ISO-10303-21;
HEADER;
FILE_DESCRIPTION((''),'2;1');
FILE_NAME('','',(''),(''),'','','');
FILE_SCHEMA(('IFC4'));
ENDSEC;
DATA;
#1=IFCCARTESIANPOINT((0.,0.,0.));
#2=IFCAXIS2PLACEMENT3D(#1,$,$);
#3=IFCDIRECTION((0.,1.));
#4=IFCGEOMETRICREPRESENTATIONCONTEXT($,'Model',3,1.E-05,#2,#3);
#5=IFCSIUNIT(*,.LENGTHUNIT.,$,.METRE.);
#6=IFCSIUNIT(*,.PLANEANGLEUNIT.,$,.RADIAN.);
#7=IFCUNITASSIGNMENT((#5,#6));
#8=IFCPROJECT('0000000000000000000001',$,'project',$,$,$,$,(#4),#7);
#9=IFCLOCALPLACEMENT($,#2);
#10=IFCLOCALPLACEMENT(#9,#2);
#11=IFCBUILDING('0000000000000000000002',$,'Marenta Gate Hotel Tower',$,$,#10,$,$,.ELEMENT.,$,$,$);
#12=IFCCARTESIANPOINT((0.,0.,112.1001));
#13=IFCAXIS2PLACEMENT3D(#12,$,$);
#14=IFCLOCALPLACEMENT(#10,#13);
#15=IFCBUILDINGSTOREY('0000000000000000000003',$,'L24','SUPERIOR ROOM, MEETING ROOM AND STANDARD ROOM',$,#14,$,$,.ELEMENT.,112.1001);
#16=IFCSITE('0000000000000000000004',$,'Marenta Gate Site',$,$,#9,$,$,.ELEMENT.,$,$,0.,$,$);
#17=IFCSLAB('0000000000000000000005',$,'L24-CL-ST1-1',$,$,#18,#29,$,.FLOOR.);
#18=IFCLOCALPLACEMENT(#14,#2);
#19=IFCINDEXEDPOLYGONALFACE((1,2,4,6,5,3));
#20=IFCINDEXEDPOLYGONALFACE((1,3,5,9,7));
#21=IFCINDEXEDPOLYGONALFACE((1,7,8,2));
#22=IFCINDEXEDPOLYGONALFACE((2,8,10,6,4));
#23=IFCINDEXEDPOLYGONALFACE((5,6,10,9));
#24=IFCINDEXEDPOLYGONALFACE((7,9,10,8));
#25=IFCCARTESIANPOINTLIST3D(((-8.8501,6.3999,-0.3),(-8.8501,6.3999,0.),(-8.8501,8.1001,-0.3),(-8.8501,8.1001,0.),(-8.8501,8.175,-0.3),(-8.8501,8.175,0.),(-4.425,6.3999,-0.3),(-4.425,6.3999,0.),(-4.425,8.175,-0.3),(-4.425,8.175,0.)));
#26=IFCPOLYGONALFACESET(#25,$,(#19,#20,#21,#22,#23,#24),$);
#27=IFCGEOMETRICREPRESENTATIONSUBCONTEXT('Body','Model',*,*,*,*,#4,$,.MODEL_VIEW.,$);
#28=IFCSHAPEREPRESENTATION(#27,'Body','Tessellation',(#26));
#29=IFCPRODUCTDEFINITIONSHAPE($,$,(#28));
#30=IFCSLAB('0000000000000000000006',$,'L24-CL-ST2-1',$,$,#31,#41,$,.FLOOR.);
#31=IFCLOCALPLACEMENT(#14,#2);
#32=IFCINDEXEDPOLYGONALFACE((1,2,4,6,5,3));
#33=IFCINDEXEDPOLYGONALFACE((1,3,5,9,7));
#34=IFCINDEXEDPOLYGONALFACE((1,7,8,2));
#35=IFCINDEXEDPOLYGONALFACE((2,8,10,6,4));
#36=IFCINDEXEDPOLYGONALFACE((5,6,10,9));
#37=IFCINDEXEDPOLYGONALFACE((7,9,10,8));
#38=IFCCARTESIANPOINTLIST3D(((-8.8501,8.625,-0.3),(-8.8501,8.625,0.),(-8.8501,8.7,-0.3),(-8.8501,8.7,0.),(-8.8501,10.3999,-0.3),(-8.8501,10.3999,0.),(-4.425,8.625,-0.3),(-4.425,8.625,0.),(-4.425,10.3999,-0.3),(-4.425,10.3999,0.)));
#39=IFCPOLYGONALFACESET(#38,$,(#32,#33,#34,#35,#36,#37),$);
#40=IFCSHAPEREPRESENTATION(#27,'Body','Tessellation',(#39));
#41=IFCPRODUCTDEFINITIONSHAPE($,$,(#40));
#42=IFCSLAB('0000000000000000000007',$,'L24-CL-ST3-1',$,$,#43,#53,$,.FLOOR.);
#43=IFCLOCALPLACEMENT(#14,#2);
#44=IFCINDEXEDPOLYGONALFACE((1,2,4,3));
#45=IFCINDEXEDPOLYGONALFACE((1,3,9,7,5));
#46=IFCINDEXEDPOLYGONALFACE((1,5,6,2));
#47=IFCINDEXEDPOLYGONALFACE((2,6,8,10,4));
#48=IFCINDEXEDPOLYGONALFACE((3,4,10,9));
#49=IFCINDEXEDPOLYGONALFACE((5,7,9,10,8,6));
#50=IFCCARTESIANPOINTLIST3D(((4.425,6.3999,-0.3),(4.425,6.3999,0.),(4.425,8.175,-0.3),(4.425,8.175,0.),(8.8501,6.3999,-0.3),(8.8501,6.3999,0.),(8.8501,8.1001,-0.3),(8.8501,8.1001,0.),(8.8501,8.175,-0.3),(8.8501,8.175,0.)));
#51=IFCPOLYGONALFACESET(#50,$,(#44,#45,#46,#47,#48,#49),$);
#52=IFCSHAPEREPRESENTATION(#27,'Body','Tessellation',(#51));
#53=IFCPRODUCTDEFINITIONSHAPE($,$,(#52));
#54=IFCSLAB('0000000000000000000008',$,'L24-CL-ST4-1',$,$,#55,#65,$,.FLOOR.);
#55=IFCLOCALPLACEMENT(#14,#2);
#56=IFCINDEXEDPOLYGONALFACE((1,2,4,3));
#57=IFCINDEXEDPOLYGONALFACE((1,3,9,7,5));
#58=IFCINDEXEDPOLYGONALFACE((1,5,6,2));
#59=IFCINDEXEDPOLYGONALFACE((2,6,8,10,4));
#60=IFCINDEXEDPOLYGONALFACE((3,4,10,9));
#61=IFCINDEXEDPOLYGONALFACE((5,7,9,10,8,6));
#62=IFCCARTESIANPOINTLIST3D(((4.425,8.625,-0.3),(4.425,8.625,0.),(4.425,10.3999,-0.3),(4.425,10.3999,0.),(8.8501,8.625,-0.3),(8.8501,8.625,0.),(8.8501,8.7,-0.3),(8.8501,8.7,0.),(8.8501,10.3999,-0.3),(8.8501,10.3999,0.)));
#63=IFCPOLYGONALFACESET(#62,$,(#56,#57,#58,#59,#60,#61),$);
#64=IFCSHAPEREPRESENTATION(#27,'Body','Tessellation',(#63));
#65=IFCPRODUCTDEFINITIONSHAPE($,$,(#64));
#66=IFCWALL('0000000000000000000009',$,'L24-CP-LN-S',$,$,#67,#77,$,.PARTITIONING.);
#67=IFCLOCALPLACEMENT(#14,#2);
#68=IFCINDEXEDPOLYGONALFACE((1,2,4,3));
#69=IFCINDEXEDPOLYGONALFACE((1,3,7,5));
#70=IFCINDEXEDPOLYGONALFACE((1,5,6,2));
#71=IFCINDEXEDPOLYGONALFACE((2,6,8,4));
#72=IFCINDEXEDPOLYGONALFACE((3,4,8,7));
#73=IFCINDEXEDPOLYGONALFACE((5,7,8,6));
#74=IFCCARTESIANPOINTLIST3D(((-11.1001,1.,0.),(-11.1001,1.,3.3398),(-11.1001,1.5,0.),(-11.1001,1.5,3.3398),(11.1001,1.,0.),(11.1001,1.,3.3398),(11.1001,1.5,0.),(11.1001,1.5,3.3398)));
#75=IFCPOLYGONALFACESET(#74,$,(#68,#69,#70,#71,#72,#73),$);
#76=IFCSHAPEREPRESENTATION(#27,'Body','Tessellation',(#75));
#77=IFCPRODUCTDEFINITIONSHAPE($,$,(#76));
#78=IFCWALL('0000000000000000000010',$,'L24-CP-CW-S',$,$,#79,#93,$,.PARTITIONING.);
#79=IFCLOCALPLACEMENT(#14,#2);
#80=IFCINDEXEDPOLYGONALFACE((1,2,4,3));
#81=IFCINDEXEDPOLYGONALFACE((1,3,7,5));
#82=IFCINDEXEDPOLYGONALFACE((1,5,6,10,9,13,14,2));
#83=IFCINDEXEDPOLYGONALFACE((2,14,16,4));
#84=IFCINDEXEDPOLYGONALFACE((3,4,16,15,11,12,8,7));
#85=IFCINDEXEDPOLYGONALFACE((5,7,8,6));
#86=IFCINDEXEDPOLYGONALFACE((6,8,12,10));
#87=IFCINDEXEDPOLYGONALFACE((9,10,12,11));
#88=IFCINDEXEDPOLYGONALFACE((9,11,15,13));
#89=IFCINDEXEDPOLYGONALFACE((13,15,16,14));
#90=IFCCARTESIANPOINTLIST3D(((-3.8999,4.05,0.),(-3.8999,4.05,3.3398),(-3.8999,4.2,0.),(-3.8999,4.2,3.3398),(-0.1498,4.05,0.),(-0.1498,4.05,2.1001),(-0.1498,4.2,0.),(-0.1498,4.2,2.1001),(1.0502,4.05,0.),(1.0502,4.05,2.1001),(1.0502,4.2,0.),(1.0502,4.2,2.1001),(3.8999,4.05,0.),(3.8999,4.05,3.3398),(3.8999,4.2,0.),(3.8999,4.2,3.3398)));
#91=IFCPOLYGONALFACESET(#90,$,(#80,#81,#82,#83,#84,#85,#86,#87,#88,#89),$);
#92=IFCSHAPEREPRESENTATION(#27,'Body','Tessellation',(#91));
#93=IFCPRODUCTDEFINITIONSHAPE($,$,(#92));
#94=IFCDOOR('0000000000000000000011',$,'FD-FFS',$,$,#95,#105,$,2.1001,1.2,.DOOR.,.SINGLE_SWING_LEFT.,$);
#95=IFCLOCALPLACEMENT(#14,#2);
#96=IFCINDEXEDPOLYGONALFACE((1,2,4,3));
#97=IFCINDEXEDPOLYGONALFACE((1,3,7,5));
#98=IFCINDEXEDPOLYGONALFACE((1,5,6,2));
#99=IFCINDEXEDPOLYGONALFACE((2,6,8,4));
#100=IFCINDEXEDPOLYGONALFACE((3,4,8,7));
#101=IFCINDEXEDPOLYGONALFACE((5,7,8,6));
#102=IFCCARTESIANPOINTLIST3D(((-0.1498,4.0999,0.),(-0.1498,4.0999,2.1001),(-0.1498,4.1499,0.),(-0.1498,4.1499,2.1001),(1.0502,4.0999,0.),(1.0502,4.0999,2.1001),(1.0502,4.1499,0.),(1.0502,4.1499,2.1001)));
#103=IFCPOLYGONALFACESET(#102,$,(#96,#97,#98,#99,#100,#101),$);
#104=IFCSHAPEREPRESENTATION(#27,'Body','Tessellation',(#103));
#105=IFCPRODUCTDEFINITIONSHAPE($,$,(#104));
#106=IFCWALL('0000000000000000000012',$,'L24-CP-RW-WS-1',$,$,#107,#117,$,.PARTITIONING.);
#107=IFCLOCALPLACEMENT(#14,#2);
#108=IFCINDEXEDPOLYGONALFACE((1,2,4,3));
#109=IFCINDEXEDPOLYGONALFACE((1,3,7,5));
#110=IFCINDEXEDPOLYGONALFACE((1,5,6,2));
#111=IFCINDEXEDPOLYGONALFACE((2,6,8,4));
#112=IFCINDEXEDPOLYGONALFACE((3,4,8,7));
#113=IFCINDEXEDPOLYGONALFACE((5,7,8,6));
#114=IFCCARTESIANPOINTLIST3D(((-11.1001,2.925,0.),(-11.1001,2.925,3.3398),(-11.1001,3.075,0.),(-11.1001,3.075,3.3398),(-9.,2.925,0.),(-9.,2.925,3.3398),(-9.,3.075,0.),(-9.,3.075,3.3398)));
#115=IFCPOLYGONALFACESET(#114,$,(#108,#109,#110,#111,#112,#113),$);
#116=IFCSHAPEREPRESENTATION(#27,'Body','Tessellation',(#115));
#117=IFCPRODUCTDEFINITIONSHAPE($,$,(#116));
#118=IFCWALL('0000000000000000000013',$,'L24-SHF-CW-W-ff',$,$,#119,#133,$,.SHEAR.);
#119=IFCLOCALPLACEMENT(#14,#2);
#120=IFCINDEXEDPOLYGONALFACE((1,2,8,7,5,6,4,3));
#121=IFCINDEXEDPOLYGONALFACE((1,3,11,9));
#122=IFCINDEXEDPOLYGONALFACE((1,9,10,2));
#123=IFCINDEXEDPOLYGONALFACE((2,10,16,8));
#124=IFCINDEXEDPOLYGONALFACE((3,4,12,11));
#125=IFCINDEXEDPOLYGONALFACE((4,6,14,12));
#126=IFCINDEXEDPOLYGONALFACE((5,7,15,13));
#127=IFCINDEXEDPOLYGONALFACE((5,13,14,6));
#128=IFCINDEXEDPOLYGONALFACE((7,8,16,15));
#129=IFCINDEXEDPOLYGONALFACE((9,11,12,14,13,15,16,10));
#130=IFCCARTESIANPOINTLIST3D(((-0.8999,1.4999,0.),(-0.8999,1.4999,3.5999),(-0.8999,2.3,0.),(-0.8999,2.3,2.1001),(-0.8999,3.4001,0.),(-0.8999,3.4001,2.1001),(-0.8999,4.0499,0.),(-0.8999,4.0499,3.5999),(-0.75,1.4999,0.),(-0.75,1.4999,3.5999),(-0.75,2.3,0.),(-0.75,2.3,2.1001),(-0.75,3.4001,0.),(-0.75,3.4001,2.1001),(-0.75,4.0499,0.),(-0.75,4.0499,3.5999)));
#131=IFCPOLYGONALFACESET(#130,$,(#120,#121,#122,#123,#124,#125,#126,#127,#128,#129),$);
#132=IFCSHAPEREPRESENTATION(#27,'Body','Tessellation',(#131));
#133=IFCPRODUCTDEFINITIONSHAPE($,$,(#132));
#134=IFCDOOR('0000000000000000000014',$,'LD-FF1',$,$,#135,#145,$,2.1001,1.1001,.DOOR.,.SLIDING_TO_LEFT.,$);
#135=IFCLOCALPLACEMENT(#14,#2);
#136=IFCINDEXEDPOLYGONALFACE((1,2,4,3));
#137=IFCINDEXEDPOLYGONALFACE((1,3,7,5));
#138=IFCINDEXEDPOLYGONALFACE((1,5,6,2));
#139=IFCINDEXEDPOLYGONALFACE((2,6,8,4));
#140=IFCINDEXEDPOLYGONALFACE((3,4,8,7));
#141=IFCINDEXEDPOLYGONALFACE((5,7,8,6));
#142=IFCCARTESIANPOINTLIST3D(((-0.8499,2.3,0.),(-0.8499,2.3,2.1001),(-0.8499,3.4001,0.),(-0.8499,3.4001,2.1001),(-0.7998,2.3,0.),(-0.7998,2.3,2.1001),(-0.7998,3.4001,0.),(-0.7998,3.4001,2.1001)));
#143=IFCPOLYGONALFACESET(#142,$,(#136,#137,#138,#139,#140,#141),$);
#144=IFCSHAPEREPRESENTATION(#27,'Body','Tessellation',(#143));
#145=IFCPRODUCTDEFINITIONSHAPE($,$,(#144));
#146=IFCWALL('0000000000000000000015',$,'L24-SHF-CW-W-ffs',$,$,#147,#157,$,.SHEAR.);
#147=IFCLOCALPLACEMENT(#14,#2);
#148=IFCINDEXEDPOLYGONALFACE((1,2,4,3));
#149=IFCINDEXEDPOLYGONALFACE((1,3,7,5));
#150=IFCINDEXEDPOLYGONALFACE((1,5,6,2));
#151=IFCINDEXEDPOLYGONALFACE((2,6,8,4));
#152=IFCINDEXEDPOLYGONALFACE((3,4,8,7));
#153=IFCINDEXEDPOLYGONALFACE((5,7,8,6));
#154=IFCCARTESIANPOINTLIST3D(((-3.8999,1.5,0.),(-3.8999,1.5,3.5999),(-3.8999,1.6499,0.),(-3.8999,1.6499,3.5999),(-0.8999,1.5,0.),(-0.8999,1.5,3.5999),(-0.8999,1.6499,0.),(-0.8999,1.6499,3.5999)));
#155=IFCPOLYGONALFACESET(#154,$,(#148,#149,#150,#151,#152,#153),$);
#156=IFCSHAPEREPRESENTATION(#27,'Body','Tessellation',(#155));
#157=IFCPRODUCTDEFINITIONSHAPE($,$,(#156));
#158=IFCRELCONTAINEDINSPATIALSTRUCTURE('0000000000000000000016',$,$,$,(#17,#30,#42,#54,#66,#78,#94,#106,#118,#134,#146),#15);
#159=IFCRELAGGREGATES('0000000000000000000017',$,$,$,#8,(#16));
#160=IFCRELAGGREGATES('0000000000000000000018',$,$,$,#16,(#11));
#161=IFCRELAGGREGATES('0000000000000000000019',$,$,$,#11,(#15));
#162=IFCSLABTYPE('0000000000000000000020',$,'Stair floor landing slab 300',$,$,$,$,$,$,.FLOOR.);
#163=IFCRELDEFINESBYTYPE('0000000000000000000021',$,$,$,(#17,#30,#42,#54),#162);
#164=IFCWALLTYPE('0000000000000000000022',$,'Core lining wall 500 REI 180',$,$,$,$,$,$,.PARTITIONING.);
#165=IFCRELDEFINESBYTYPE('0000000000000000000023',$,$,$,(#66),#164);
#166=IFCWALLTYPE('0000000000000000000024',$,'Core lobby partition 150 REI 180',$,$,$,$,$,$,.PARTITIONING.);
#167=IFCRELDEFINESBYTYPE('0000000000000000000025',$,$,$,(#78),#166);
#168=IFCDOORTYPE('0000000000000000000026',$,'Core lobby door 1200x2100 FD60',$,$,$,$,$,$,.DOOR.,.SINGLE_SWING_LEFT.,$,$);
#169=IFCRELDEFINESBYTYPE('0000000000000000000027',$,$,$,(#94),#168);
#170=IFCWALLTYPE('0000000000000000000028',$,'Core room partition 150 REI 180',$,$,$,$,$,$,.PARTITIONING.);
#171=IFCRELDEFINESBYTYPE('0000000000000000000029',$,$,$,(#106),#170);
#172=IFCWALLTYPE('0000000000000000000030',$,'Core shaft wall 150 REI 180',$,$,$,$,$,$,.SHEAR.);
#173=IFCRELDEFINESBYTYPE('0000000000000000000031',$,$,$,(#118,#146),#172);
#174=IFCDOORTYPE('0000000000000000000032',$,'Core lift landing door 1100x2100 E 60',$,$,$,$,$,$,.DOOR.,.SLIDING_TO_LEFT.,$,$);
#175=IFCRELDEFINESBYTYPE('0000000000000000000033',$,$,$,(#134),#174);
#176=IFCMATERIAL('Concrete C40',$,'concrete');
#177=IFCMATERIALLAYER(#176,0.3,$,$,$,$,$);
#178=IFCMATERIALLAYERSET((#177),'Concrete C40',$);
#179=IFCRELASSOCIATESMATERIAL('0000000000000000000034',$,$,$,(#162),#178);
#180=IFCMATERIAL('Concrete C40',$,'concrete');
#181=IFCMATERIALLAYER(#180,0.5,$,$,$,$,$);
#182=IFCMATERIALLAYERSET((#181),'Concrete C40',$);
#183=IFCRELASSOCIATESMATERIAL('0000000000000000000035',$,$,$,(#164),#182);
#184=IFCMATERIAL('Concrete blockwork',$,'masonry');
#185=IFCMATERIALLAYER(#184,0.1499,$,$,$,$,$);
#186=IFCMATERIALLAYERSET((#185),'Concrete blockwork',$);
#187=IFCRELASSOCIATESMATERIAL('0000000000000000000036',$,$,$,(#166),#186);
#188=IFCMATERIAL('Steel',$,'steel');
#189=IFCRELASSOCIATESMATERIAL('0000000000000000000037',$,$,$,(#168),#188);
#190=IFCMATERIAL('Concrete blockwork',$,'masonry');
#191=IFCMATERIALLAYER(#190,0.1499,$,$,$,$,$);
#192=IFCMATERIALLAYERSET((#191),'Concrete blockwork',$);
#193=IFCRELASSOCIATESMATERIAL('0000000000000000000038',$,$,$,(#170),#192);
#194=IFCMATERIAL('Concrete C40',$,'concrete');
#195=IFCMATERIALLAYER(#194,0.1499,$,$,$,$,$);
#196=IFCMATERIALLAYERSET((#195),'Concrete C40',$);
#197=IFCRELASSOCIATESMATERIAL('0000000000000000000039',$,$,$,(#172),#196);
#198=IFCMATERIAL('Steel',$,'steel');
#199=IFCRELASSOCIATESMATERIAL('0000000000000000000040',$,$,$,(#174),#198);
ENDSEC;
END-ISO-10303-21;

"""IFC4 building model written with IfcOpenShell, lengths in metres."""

from ifc_helpers import new_model, si_unit, direction, frame, frame_2d, origin, place, context, subcontext, project, spatial, polyline, rectangle, outline, extrude, material, layer, layer_set, type_object, element, fill, save


model = new_model("IFC4")

# Units and contexts
model_context = context("Model", 3, precision=1e-05, world=origin(), true_north=direction((0.0, 1.0)))
body_context = subcontext(model_context, "Body", "Model", "MODEL_VIEW")
ifc_project = project(units=[si_unit("LENGTHUNIT", "METRE"), si_unit("PLANEANGLEUNIT", "RADIAN")], contexts=[model_context])

# Site, building, storey
site_placement = place(None, origin())
site = spatial("IfcSite", under=ifc_project, at=site_placement, Name="Marenta Gate Site", CompositionType="ELEMENT", RefElevation=0.0)
building_placement = place(site_placement, origin())
building = spatial("IfcBuilding", under=site, at=building_placement, Name="Marenta Gate Hotel Tower", CompositionType="ELEMENT")
storey_placement = place(building_placement, frame((0.0, 0.0, 112.1001)))
storey = spatial("IfcBuildingStorey", under=building, at=storey_placement, Name="L24", Description="SUPERIOR ROOM, MEETING ROOM AND STANDARD ROOM", CompositionType="ELEMENT", Elevation=112.1001)

# Slabs
ifc_material_1 = material(Name="Concrete C40", Category="concrete")
ifc_layer_1 = layer(ifc_material_1, 0.3)
ifc_layer_set_1 = layer_set([ifc_layer_1], Name="Concrete C40")
slab_type_1 = type_object("IfcSlabType", Name="Stair floor landing slab 300", PredefinedType="FLOOR", material=ifc_layer_set_1)
slab_1_placement = place(storey_placement, frame((0.0, 0.0, -0.3)))
element("IfcSlab", 1, at=slab_1_placement, inside=storey, type_object=slab_type_1, Name="L24-CL-ST1-1", PredefinedType="FLOOR", context=body_context, shape_type="SweptSolid", body=[
    extrude(outline(polyline([(-4.425, 6.3999), (-8.8501, 6.3999), (-8.8501, 8.1001), (-8.8501, 8.175), (-4.425, 8.175), (-4.425, 6.3999)])), origin(), (0.0, 0.0, 1.0), 0.3),
])
slab_2_placement = place(storey_placement, frame((0.0, 0.0, -0.3)))
element("IfcSlab", 2, at=slab_2_placement, inside=storey, type_object=slab_type_1, Name="L24-CL-ST2-1", PredefinedType="FLOOR", context=body_context, shape_type="SweptSolid", body=[
    extrude(outline(polyline([(-4.425, 8.625), (-8.8501, 8.625), (-8.8501, 8.7), (-8.8501, 10.3999), (-4.425, 10.3999), (-4.425, 8.625)])), origin(), (0.0, 0.0, 1.0), 0.3),
])
slab_3_placement = place(storey_placement, frame((0.0, 0.0, -0.3)))
element("IfcSlab", 3, at=slab_3_placement, inside=storey, type_object=slab_type_1, Name="L24-CL-ST3-1", PredefinedType="FLOOR", context=body_context, shape_type="SweptSolid", body=[
    extrude(outline(polyline([(4.425, 6.3999), (4.425, 8.175), (8.8501, 8.175), (8.8501, 8.1001), (8.8501, 6.3999), (4.425, 6.3999)])), origin(), (0.0, 0.0, 1.0), 0.3),
])
slab_4_placement = place(storey_placement, frame((0.0, 0.0, -0.3)))
element("IfcSlab", 4, at=slab_4_placement, inside=storey, type_object=slab_type_1, Name="L24-CL-ST4-1", PredefinedType="FLOOR", context=body_context, shape_type="SweptSolid", body=[
    extrude(outline(polyline([(4.425, 8.625), (4.425, 10.3999), (8.8501, 10.3999), (8.8501, 8.7), (8.8501, 8.625), (4.425, 8.625)])), origin(), (0.0, 0.0, 1.0), 0.3),
])

# Wall
ifc_material_2 = material(Name="Concrete C40", Category="concrete")
ifc_layer_2 = layer(ifc_material_2, 0.5)
ifc_layer_set_2 = layer_set([ifc_layer_2], Name="Concrete C40")
wall_type_1 = type_object("IfcWallType", Name="Core lining wall 500 REI 180", PredefinedType="PARTITIONING", material=ifc_layer_set_2)
wall_1_placement = place(storey_placement, frame((-11.1001, 1.25, 0.0), z_axis=(0.0, 0.0, 1.0), x_axis=(1.0, 0.0, 0.0)))
element("IfcWall", 5, at=wall_1_placement, inside=storey, type_object=wall_type_1, Name="L24-CP-LN-S", PredefinedType="PARTITIONING", context=body_context, shape_type="SweptSolid", body=[
    extrude(rectangle(XDim=22.2002, YDim=0.5, at=frame_2d((11.1001, 0.0))), origin(), (0.0, 0.0, 1.0), 3.3398),
])

# Wall, opening, door
ifc_material_3 = material(Name="Concrete blockwork", Category="masonry")
ifc_layer_3 = layer(ifc_material_3, 0.1499)
ifc_layer_set_3 = layer_set([ifc_layer_3], Name="Concrete blockwork")
wall_type_2 = type_object("IfcWallType", Name="Core lobby partition 150 REI 180", PredefinedType="PARTITIONING", material=ifc_layer_set_3)
wall_2_placement = place(storey_placement, frame((-3.8999, 4.125, 0.0), z_axis=(0.0, 0.0, 1.0), x_axis=(1.0, 0.0, 0.0)))
wall_2 = element("IfcWall", 6, at=wall_2_placement, inside=storey, type_object=wall_type_2, Name="L24-CP-CW-S", PredefinedType="PARTITIONING", context=body_context, shape_type="SweptSolid", body=[
    extrude(rectangle(XDim=7.7998, YDim=0.1499, at=frame_2d((3.8999, 0.0))), origin(), (0.0, 0.0, 1.0), 3.3398),
])
opening_1_placement = place(wall_2_placement, frame((3.75, 0.0, 0.0)))
opening_1 = element("IfcOpeningElement", 7, at=opening_1_placement, cuts=wall_2, PredefinedType="OPENING", context=body_context, shape_type="SweptSolid", body=[
    extrude(rectangle(XDim=1.2, YDim=2.1001, at=frame_2d((0.6001, 1.05))), frame((0.0, 0.075, 0.0), z_axis=(0.0, -1.0, 0.0), x_axis=(1.0, 0.0, 0.0)), (0.0, 0.0, 1.0), 0.1499),
])
ifc_material_4 = material(Name="Steel", Category="steel")
door_type_1 = type_object("IfcDoorType", Name="Core lobby door 1200x2100 FD60", OperationType="SINGLE_SWING_LEFT", PredefinedType="DOOR", material=ifc_material_4)
door_1_placement = place(opening_1_placement, origin())
door_1 = element("IfcDoor", 8, at=door_1_placement, inside=storey, type_object=door_type_1, Name="FD-FFS", OperationType="SINGLE_SWING_LEFT", OverallHeight=2.1001, OverallWidth=1.2, PredefinedType="DOOR", context=body_context, shape_type="SweptSolid", body=[
    extrude(rectangle(XDim=1.2, YDim=2.1001, at=frame_2d((0.6001, 1.05))), frame((0.0, 0.0249, 0.0), z_axis=(0.0, -1.0, 0.0), x_axis=(1.0, 0.0, 0.0)), (0.0, 0.0, 1.0), 0.05),
])
fill(opening_1, door_1)

# Wall
ifc_material_5 = material(Name="Concrete blockwork", Category="masonry")
ifc_layer_4 = layer(ifc_material_5, 0.1499)
ifc_layer_set_4 = layer_set([ifc_layer_4], Name="Concrete blockwork")
wall_type_3 = type_object("IfcWallType", Name="Core room partition 150 REI 180", PredefinedType="PARTITIONING", material=ifc_layer_set_4)
wall_3_placement = place(storey_placement, frame((-11.1001, 3.0, 0.0), z_axis=(0.0, 0.0, 1.0), x_axis=(1.0, 0.0, 0.0)))
element("IfcWall", 9, at=wall_3_placement, inside=storey, type_object=wall_type_3, Name="L24-CP-RW-WS-1", PredefinedType="PARTITIONING", context=body_context, shape_type="SweptSolid", body=[
    extrude(rectangle(XDim=2.1001, YDim=0.1499, at=frame_2d((1.05, 0.0))), origin(), (0.0, 0.0, 1.0), 3.3398),
])

# Wall, opening, door
ifc_material_6 = material(Name="Concrete C40", Category="concrete")
ifc_layer_5 = layer(ifc_material_6, 0.1499)
ifc_layer_set_5 = layer_set([ifc_layer_5], Name="Concrete C40")
wall_type_4 = type_object("IfcWallType", Name="Core shaft wall 150 REI 180", PredefinedType="SHEAR", material=ifc_layer_set_5)
wall_4_placement = place(storey_placement, frame((-0.825, 1.5, 0.0), z_axis=(0.0, 0.0, 1.0), x_axis=(0.0, 1.0, 0.0)))
wall_4 = element("IfcWall", 10, at=wall_4_placement, inside=storey, type_object=wall_type_4, Name="L24-SHF-CW-W-ff", PredefinedType="SHEAR", context=body_context, shape_type="SweptSolid", body=[
    extrude(rectangle(XDim=2.55, YDim=0.1499, at=frame_2d((1.2749, 0.0))), origin(), (0.0, 0.0, 1.0), 3.5999),
])
opening_2_placement = place(wall_4_placement, frame((0.8, 0.0, 0.0)))
opening_2 = element("IfcOpeningElement", 11, at=opening_2_placement, cuts=wall_4, PredefinedType="OPENING", context=body_context, shape_type="SweptSolid", body=[
    extrude(rectangle(XDim=1.1001, YDim=2.1001, at=frame_2d((0.55, 1.05))), frame((0.0, 0.075, 0.0), z_axis=(0.0, -1.0, 0.0), x_axis=(1.0, 0.0, 0.0)), (0.0, 0.0, 1.0), 0.1499),
])
ifc_material_7 = material(Name="Steel", Category="steel")
door_type_2 = type_object("IfcDoorType", Name="Core lift landing door 1100x2100 E 60", OperationType="SLIDING_TO_LEFT", PredefinedType="DOOR", material=ifc_material_7)
door_2_placement = place(opening_2_placement, origin())
door_2 = element("IfcDoor", 12, at=door_2_placement, inside=storey, type_object=door_type_2, Name="LD-FF1", OperationType="SLIDING_TO_LEFT", OverallHeight=2.1001, OverallWidth=1.1001, PredefinedType="DOOR", context=body_context, shape_type="SweptSolid", body=[
    extrude(rectangle(XDim=1.1001, YDim=2.1001, at=frame_2d((0.55, 1.05))), frame((0.0, 0.0249, 0.0), z_axis=(0.0, -1.0, 0.0), x_axis=(1.0, 0.0, 0.0)), (0.0, 0.0, 1.0), 0.05),
])
fill(opening_2, door_2)

# Wall
wall_5_placement = place(storey_placement, frame((-3.8999, 1.575, 0.0), z_axis=(0.0, 0.0, 1.0), x_axis=(1.0, 0.0, 0.0)))
element("IfcWall", 13, at=wall_5_placement, inside=storey, type_object=wall_type_4, Name="L24-SHF-CW-W-ffs", PredefinedType="SHEAR", context=body_context, shape_type="SweptSolid", body=[
    extrude(rectangle(XDim=3.0, YDim=0.1499, at=frame_2d((1.5, 0.0))), origin(), (0.0, 0.0, 1.0), 3.5999),
])

save(model, "model.ifc")
